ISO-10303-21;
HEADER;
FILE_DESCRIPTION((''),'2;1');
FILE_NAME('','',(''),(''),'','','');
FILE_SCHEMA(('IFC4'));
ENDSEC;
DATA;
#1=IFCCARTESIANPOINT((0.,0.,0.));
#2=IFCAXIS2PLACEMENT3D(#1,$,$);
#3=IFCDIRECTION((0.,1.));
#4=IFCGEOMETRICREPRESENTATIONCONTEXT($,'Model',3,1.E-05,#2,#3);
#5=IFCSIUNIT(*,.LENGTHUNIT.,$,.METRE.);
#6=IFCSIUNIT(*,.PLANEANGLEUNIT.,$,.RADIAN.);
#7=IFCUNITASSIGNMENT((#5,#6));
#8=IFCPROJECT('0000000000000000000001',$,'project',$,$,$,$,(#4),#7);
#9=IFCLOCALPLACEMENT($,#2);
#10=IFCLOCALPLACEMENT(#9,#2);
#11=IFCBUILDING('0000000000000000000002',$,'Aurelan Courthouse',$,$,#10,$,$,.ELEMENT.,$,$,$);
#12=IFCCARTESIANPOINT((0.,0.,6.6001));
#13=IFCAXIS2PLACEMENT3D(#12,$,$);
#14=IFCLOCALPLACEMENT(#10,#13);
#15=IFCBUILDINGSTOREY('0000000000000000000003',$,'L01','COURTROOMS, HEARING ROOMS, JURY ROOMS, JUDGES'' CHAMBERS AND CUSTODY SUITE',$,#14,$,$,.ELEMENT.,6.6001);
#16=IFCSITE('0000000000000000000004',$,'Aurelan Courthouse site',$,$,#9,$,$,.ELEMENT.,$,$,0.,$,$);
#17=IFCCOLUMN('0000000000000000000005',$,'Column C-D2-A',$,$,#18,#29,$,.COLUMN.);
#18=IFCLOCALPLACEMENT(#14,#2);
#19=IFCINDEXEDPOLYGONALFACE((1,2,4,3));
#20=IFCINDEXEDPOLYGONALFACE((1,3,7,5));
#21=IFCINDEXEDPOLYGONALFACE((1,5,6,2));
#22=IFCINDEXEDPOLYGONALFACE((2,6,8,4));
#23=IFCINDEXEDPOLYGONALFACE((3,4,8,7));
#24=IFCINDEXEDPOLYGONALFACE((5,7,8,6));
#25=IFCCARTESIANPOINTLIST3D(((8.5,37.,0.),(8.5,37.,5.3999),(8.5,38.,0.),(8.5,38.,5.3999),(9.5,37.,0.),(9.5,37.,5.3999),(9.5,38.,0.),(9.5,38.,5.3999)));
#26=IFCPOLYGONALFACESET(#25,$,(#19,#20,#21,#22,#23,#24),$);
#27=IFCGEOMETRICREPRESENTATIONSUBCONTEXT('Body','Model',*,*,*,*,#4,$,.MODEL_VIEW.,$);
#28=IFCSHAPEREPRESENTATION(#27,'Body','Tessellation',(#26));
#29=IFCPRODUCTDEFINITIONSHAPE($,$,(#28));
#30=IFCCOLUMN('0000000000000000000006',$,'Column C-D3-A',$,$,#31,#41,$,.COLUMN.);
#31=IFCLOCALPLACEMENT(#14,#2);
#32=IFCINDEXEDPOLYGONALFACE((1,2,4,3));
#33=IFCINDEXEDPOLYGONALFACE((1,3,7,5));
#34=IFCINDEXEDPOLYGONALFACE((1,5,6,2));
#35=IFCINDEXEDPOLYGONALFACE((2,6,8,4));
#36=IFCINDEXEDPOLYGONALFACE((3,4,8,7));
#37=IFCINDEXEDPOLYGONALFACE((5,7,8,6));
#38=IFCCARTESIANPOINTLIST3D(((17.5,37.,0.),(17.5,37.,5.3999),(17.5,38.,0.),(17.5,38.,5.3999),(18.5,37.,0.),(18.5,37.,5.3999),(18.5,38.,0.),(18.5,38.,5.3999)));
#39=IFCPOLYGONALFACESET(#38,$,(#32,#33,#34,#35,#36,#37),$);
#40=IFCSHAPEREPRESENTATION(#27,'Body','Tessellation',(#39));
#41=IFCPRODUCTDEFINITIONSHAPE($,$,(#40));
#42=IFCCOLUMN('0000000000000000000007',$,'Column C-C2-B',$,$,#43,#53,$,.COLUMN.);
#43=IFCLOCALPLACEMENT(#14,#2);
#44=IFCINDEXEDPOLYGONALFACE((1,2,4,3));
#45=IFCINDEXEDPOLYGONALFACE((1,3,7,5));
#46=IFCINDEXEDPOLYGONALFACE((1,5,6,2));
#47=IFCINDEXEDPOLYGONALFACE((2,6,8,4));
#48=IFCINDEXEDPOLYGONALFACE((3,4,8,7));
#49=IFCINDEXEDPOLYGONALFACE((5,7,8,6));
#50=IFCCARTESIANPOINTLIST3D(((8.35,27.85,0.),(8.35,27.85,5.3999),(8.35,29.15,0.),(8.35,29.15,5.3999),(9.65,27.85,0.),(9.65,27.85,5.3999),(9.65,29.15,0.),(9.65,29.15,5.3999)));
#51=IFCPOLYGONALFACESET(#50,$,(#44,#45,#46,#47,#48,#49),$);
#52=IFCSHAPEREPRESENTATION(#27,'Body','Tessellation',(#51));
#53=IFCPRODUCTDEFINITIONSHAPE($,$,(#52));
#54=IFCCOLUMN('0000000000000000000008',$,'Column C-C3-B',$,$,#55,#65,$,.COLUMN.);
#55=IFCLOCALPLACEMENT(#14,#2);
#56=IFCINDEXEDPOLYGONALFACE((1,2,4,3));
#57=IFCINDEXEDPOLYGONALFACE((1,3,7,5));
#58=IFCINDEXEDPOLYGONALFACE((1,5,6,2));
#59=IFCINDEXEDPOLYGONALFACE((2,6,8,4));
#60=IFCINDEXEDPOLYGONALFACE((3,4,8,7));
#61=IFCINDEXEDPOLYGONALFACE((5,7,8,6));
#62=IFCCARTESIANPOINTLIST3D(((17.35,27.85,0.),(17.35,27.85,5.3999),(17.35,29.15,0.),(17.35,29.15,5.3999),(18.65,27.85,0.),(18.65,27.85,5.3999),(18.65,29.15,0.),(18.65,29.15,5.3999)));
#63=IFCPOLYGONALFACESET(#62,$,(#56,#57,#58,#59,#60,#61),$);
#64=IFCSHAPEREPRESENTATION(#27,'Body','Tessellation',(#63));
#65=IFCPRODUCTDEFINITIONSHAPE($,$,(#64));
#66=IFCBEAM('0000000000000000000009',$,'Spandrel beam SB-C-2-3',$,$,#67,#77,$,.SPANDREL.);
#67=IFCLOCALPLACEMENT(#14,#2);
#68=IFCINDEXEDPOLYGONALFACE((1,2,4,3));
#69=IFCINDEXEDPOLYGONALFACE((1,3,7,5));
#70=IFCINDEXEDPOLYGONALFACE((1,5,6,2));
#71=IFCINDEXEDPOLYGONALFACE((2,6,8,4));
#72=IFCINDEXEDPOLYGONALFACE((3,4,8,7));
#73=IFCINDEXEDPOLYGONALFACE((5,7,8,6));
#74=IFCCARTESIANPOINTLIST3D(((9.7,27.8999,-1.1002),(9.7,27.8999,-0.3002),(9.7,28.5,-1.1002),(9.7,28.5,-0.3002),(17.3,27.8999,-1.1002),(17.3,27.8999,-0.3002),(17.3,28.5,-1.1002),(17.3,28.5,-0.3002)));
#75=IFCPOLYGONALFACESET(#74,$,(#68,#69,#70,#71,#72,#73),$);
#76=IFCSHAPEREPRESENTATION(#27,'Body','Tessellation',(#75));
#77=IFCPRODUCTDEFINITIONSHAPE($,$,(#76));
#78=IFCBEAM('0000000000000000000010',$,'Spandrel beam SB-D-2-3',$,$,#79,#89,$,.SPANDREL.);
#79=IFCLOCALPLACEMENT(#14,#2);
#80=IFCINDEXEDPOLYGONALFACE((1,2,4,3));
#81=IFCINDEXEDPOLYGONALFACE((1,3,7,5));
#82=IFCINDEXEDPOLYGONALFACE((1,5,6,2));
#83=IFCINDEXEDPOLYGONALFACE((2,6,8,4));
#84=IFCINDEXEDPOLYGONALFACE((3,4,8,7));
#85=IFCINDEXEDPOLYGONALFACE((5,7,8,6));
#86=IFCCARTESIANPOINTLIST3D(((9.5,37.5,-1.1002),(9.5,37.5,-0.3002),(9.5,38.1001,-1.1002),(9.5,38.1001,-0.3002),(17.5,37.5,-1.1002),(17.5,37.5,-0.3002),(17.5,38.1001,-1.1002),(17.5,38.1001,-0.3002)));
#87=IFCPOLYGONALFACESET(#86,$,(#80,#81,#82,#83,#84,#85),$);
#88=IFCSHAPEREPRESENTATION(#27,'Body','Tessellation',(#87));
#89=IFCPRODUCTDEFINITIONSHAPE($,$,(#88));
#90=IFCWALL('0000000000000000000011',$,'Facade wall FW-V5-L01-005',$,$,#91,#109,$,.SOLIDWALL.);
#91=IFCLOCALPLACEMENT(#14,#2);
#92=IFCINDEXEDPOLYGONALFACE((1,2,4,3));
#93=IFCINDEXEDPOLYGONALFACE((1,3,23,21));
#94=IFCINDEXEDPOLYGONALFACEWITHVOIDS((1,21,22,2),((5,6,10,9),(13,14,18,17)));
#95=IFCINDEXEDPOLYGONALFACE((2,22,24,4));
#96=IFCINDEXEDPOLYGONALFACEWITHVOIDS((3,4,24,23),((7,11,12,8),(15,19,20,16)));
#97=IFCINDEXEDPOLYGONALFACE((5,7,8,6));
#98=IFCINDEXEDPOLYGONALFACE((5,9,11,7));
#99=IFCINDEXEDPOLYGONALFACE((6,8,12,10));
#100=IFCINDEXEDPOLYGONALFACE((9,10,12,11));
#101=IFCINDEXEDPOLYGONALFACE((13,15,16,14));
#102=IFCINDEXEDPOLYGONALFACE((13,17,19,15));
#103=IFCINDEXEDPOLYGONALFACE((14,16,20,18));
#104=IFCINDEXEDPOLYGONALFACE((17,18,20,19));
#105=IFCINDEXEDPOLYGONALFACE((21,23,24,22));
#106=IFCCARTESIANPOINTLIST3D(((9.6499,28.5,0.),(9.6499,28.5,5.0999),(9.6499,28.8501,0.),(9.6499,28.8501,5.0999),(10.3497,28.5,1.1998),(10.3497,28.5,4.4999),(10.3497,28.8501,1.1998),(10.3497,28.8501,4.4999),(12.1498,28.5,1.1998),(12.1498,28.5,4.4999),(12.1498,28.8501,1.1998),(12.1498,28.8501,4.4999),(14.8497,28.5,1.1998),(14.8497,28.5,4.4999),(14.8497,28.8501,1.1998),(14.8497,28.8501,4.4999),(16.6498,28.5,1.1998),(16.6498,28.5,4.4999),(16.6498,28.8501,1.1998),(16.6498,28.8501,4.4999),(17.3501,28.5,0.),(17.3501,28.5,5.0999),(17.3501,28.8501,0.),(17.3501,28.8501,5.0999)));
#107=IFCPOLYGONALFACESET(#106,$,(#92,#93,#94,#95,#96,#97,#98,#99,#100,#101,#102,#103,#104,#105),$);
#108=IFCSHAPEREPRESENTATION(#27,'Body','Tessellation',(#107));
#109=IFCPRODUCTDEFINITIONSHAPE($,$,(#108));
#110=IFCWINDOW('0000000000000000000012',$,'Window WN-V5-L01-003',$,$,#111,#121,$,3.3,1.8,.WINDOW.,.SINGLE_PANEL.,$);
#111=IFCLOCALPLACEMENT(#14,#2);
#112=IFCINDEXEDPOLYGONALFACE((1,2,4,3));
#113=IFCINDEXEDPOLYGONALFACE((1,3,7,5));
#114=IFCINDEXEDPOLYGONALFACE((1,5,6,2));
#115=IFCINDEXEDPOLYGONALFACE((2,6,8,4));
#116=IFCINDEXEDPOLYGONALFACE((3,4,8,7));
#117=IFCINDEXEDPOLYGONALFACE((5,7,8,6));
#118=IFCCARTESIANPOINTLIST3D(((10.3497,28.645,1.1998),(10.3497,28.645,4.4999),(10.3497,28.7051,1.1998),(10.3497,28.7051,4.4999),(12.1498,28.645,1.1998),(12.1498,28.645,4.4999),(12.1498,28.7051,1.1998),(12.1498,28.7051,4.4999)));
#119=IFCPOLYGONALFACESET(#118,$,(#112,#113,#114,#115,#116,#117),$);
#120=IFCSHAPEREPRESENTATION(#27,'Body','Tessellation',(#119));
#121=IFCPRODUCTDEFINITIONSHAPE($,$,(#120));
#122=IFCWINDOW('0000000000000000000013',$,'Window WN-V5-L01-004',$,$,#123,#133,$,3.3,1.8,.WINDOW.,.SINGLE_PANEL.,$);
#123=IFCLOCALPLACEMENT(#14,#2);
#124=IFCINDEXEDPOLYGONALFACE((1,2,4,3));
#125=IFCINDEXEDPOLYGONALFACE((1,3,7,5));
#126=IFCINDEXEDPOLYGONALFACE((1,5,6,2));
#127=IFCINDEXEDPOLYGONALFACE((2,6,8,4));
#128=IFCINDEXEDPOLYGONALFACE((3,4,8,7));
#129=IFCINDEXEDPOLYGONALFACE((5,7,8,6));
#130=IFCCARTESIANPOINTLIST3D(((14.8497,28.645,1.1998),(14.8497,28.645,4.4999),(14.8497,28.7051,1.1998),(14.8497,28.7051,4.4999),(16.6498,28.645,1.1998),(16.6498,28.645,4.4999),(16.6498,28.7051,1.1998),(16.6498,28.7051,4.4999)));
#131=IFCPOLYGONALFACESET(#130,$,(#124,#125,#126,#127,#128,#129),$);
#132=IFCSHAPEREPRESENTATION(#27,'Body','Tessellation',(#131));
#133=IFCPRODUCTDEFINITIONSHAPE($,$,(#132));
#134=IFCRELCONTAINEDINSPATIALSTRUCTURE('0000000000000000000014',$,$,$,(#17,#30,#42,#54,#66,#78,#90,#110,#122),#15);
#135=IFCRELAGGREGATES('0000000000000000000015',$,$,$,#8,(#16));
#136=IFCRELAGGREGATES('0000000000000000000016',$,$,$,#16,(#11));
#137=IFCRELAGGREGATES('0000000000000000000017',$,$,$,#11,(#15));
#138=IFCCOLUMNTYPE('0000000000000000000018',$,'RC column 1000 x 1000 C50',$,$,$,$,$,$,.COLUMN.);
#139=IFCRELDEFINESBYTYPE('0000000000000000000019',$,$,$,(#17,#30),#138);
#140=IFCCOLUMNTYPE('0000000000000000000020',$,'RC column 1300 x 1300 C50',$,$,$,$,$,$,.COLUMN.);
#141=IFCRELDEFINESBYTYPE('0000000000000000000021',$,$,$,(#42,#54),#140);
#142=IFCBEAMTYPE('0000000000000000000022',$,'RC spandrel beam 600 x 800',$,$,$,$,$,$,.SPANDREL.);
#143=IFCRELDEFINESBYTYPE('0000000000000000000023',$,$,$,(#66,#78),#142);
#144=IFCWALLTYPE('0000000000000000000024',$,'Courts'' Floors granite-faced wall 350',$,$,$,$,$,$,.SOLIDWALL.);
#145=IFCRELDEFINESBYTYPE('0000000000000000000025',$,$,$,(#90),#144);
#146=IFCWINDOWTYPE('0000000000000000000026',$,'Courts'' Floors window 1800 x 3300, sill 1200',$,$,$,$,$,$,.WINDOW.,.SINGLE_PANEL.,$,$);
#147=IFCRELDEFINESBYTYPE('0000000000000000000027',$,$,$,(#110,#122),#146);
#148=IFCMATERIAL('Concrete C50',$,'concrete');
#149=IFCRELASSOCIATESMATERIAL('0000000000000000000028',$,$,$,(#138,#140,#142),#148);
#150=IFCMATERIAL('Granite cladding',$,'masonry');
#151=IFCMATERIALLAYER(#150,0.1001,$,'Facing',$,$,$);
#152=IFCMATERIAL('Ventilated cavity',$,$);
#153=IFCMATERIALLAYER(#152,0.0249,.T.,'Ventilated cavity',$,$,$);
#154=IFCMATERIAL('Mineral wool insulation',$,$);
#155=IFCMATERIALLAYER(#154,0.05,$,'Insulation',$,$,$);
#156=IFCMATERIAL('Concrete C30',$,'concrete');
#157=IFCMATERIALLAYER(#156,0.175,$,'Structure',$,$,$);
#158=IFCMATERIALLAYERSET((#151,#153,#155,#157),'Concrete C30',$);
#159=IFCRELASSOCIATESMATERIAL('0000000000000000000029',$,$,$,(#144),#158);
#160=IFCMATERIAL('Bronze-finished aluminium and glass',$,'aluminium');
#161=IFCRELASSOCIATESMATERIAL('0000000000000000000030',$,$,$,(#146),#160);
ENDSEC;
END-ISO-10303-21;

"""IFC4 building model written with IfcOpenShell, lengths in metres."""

from ifc_helpers import new_model, si_unit, direction, frame, frame_2d, origin, origin_2d, place, context, subcontext, project, spatial, rectangle, extrude, material, layer, layer_set, material_profile, profile_set, type_object, element, fill, save


model = new_model("IFC4")

# Units and contexts
model_context = context("Model", 3, precision=1e-05, world=origin(), true_north=direction((0.0, 1.0)))
body_context = subcontext(model_context, "Body", "Model", "MODEL_VIEW")
ifc_project = project(units=[si_unit("LENGTHUNIT", "METRE"), si_unit("PLANEANGLEUNIT", "RADIAN")], contexts=[model_context])

# Site, building, storey
site_placement = place(None, origin())
site = spatial("IfcSite", under=ifc_project, at=site_placement, Name="Aurelan Courthouse site", CompositionType="ELEMENT", RefElevation=0.0)
building_placement = place(site_placement, origin())
building = spatial("IfcBuilding", under=site, at=building_placement, Name="Aurelan Courthouse", CompositionType="ELEMENT")
storey_placement = place(building_placement, frame((0.0, 0.0, 6.6001)))
storey = spatial("IfcBuildingStorey", under=building, at=storey_placement, Name="L01", Description="COURTROOMS, HEARING ROOMS, JURY ROOMS, JUDGES' CHAMBERS AND CUSTODY SUITE", CompositionType="ELEMENT", Elevation=6.6001)

# Columns
ifc_material_1 = material(Name="Concrete C50", Category="concrete")
ifc_material_profile_1 = material_profile(ifc_material_1, rectangle(XDim=1.0, YDim=1.0, at=origin_2d()), Name="RC 1000 x 1000")
ifc_profile_set_1 = profile_set([ifc_material_profile_1], Name="Concrete C50")
column_type_1 = type_object("IfcColumnType", Name="RC column 1000 x 1000 C50", PredefinedType="COLUMN", material=ifc_profile_set_1)
for number, where, z_axis, x_axis, name in (
    (1, (9.0, 37.5, 0.0), (0.0, 0.0, 1.0), (1.0, 0.0, 0.0), "Column C-D2-A"),
    (2, (18.0, 37.5, 0.0), (0.0, 0.0, 1.0), (1.0, 0.0, 0.0), "Column C-D3-A"),
):
    element("IfcColumn", number, at=place(storey_placement, frame(where, z_axis=z_axis, x_axis=x_axis)), inside=storey, type_object=column_type_1, Name=name, PredefinedType="COLUMN", context=body_context, shape_type="SweptSolid", body=[
        extrude(rectangle(XDim=1.0, YDim=1.0, at=origin_2d()), origin(), (0.0, 0.0, 1.0), 5.3999),
    ])
ifc_material_profile_2 = material_profile(ifc_material_1, rectangle(XDim=1.3, YDim=1.3, at=origin_2d()), Name="RC 1300 x 1300")
ifc_profile_set_2 = profile_set([ifc_material_profile_2], Name="Concrete C50")
column_type_2 = type_object("IfcColumnType", Name="RC column 1300 x 1300 C50", PredefinedType="COLUMN", material=ifc_profile_set_2)
for number, where, z_axis, x_axis, name in (
    (3, (9.0, 28.5, 0.0), (0.0, 0.0, 1.0), (1.0, 0.0, 0.0), "Column C-C2-B"),
    (4, (18.0, 28.5, 0.0), (0.0, 0.0, 1.0), (1.0, 0.0, 0.0), "Column C-C3-B"),
):
    element("IfcColumn", number, at=place(storey_placement, frame(where, z_axis=z_axis, x_axis=x_axis)), inside=storey, type_object=column_type_2, Name=name, PredefinedType="COLUMN", context=body_context, shape_type="SweptSolid", body=[
        extrude(rectangle(XDim=1.3, YDim=1.3, at=origin_2d()), origin(), (0.0, 0.0, 1.0), 5.3999),
    ])

# Beams
ifc_material_profile_3 = material_profile(ifc_material_1, rectangle(XDim=0.6001, YDim=0.8, at=origin_2d()), Name="RC 600 x 800")
ifc_profile_set_3 = profile_set([ifc_material_profile_3], Name="Concrete C50")
beam_type = type_object("IfcBeamType", Name="RC spandrel beam 600 x 800", PredefinedType="SPANDREL", material=ifc_profile_set_3)
beam_1_placement = place(storey_placement, frame((9.7, 28.2, -0.7002), z_axis=(1.0, 0.0, 0.0), x_axis=(0.0, 1.0, 0.0)))
element("IfcBeam", 5, at=beam_1_placement, inside=storey, type_object=beam_type, Name="Spandrel beam SB-C-2-3", PredefinedType="SPANDREL", context=body_context, shape_type="SweptSolid", body=[
    extrude(rectangle(XDim=0.6001, YDim=0.8, at=origin_2d()), origin(), (0.0, 0.0, 1.0), 7.6001),
])
beam_2_placement = place(storey_placement, frame((9.5, 37.8, -0.7002), z_axis=(1.0, 0.0, 0.0), x_axis=(0.0, 1.0, 0.0)))
element("IfcBeam", 6, at=beam_2_placement, inside=storey, type_object=beam_type, Name="Spandrel beam SB-D-2-3", PredefinedType="SPANDREL", context=body_context, shape_type="SweptSolid", body=[
    extrude(rectangle(XDim=0.6001, YDim=0.8, at=origin_2d()), origin(), (0.0, 0.0, 1.0), 8.0),
])

# Wall, openings, windows
ifc_material_2 = material(Name="Granite cladding", Category="masonry")
ifc_layer_1 = layer(ifc_material_2, 0.1001, Name="Facing")
ifc_material_3 = material(Name="Ventilated cavity")
ifc_layer_2 = layer(ifc_material_3, 0.0249, ventilated=True, Name="Ventilated cavity")
ifc_material_4 = material(Name="Mineral wool insulation")
ifc_layer_3 = layer(ifc_material_4, 0.05, Name="Insulation")
ifc_material_5 = material(Name="Concrete C30", Category="concrete")
ifc_layer_4 = layer(ifc_material_5, 0.175, Name="Structure")
ifc_layer_set_1 = layer_set([ifc_layer_1, ifc_layer_2, ifc_layer_3, ifc_layer_4], Name="Concrete C30")
wall_type_1 = type_object("IfcWallType", Name="Courts' Floors granite-faced wall 350", PredefinedType="SOLIDWALL", material=ifc_layer_set_1)
wall_1_placement = place(storey_placement, frame((9.6499, 28.675, 0.0), z_axis=(0.0, 0.0, 1.0), x_axis=(1.0, 0.0, 0.0)))
wall_1 = element("IfcWall", 7, at=wall_1_placement, inside=storey, type_object=wall_type_1, Name="Facade wall FW-V5-L01-005", PredefinedType="SOLIDWALL", context=body_context, shape_type="SweptSolid", body=[
    extrude(rectangle(XDim=7.7002, YDim=0.3501, at=frame_2d((3.8501, 0.0))), origin(), (0.0, 0.0, 1.0), 5.0999),
])
opening_1_placement = place(wall_1_placement, frame((0.7, 0.0, 1.2)))
opening_1 = element("IfcOpeningElement", 8, at=opening_1_placement, cuts=wall_1, PredefinedType="OPENING", context=body_context, shape_type="SweptSolid", body=[
    extrude(rectangle(XDim=1.8, YDim=3.3, at=frame_2d((0.8999, 1.6499))), frame((0.0, 0.1851, 0.0), z_axis=(0.0, -1.0, 0.0), x_axis=(1.0, 0.0, 0.0)), (0.0, 0.0, 1.0), 0.3701),
])
opening_2_placement = place(wall_1_placement, frame((5.2, 0.0, 1.2)))
opening_2 = element("IfcOpeningElement", 9, at=opening_2_placement, cuts=wall_1, PredefinedType="OPENING", context=body_context, shape_type="SweptSolid", body=[
    extrude(rectangle(XDim=1.8, YDim=3.3, at=frame_2d((0.8999, 1.6499))), frame((0.0, 0.1851, 0.0), z_axis=(0.0, -1.0, 0.0), x_axis=(1.0, 0.0, 0.0)), (0.0, 0.0, 1.0), 0.3701),
])
ifc_material_6 = material(Name="Bronze-finished aluminium and glass", Category="aluminium")
window_type_1 = type_object("IfcWindowType", Name="Courts' Floors window 1800 x 3300, sill 1200", PartitioningType="SINGLE_PANEL", PredefinedType="WINDOW", material=ifc_material_6)
window_1_placement = place(opening_1_placement, origin())
window_1 = element("IfcWindow", 10, at=window_1_placement, inside=storey, type_object=window_type_1, Name="Window WN-V5-L01-003", OverallHeight=3.3, OverallWidth=1.8, PartitioningType="SINGLE_PANEL", PredefinedType="WINDOW", context=body_context, shape_type="SweptSolid", body=[
    extrude(rectangle(XDim=1.8, YDim=3.3, at=frame_2d((0.8999, 1.6499))), frame((0.0, 0.03, 0.0), z_axis=(0.0, -1.0, 0.0), x_axis=(1.0, 0.0, 0.0)), (0.0, 0.0, 1.0), 0.0601),
])
fill(opening_1, window_1)
window_2_placement = place(opening_2_placement, origin())
window_2 = element("IfcWindow", 11, at=window_2_placement, inside=storey, type_object=window_type_1, Name="Window WN-V5-L01-004", OverallHeight=3.3, OverallWidth=1.8, PartitioningType="SINGLE_PANEL", PredefinedType="WINDOW", context=body_context, shape_type="SweptSolid", body=[
    extrude(rectangle(XDim=1.8, YDim=3.3, at=frame_2d((0.8999, 1.6499))), frame((0.0, 0.03, 0.0), z_axis=(0.0, -1.0, 0.0), x_axis=(1.0, 0.0, 0.0)), (0.0, 0.0, 1.0), 0.0601),
])
fill(opening_2, window_2)

save(model, "model.ifc")
